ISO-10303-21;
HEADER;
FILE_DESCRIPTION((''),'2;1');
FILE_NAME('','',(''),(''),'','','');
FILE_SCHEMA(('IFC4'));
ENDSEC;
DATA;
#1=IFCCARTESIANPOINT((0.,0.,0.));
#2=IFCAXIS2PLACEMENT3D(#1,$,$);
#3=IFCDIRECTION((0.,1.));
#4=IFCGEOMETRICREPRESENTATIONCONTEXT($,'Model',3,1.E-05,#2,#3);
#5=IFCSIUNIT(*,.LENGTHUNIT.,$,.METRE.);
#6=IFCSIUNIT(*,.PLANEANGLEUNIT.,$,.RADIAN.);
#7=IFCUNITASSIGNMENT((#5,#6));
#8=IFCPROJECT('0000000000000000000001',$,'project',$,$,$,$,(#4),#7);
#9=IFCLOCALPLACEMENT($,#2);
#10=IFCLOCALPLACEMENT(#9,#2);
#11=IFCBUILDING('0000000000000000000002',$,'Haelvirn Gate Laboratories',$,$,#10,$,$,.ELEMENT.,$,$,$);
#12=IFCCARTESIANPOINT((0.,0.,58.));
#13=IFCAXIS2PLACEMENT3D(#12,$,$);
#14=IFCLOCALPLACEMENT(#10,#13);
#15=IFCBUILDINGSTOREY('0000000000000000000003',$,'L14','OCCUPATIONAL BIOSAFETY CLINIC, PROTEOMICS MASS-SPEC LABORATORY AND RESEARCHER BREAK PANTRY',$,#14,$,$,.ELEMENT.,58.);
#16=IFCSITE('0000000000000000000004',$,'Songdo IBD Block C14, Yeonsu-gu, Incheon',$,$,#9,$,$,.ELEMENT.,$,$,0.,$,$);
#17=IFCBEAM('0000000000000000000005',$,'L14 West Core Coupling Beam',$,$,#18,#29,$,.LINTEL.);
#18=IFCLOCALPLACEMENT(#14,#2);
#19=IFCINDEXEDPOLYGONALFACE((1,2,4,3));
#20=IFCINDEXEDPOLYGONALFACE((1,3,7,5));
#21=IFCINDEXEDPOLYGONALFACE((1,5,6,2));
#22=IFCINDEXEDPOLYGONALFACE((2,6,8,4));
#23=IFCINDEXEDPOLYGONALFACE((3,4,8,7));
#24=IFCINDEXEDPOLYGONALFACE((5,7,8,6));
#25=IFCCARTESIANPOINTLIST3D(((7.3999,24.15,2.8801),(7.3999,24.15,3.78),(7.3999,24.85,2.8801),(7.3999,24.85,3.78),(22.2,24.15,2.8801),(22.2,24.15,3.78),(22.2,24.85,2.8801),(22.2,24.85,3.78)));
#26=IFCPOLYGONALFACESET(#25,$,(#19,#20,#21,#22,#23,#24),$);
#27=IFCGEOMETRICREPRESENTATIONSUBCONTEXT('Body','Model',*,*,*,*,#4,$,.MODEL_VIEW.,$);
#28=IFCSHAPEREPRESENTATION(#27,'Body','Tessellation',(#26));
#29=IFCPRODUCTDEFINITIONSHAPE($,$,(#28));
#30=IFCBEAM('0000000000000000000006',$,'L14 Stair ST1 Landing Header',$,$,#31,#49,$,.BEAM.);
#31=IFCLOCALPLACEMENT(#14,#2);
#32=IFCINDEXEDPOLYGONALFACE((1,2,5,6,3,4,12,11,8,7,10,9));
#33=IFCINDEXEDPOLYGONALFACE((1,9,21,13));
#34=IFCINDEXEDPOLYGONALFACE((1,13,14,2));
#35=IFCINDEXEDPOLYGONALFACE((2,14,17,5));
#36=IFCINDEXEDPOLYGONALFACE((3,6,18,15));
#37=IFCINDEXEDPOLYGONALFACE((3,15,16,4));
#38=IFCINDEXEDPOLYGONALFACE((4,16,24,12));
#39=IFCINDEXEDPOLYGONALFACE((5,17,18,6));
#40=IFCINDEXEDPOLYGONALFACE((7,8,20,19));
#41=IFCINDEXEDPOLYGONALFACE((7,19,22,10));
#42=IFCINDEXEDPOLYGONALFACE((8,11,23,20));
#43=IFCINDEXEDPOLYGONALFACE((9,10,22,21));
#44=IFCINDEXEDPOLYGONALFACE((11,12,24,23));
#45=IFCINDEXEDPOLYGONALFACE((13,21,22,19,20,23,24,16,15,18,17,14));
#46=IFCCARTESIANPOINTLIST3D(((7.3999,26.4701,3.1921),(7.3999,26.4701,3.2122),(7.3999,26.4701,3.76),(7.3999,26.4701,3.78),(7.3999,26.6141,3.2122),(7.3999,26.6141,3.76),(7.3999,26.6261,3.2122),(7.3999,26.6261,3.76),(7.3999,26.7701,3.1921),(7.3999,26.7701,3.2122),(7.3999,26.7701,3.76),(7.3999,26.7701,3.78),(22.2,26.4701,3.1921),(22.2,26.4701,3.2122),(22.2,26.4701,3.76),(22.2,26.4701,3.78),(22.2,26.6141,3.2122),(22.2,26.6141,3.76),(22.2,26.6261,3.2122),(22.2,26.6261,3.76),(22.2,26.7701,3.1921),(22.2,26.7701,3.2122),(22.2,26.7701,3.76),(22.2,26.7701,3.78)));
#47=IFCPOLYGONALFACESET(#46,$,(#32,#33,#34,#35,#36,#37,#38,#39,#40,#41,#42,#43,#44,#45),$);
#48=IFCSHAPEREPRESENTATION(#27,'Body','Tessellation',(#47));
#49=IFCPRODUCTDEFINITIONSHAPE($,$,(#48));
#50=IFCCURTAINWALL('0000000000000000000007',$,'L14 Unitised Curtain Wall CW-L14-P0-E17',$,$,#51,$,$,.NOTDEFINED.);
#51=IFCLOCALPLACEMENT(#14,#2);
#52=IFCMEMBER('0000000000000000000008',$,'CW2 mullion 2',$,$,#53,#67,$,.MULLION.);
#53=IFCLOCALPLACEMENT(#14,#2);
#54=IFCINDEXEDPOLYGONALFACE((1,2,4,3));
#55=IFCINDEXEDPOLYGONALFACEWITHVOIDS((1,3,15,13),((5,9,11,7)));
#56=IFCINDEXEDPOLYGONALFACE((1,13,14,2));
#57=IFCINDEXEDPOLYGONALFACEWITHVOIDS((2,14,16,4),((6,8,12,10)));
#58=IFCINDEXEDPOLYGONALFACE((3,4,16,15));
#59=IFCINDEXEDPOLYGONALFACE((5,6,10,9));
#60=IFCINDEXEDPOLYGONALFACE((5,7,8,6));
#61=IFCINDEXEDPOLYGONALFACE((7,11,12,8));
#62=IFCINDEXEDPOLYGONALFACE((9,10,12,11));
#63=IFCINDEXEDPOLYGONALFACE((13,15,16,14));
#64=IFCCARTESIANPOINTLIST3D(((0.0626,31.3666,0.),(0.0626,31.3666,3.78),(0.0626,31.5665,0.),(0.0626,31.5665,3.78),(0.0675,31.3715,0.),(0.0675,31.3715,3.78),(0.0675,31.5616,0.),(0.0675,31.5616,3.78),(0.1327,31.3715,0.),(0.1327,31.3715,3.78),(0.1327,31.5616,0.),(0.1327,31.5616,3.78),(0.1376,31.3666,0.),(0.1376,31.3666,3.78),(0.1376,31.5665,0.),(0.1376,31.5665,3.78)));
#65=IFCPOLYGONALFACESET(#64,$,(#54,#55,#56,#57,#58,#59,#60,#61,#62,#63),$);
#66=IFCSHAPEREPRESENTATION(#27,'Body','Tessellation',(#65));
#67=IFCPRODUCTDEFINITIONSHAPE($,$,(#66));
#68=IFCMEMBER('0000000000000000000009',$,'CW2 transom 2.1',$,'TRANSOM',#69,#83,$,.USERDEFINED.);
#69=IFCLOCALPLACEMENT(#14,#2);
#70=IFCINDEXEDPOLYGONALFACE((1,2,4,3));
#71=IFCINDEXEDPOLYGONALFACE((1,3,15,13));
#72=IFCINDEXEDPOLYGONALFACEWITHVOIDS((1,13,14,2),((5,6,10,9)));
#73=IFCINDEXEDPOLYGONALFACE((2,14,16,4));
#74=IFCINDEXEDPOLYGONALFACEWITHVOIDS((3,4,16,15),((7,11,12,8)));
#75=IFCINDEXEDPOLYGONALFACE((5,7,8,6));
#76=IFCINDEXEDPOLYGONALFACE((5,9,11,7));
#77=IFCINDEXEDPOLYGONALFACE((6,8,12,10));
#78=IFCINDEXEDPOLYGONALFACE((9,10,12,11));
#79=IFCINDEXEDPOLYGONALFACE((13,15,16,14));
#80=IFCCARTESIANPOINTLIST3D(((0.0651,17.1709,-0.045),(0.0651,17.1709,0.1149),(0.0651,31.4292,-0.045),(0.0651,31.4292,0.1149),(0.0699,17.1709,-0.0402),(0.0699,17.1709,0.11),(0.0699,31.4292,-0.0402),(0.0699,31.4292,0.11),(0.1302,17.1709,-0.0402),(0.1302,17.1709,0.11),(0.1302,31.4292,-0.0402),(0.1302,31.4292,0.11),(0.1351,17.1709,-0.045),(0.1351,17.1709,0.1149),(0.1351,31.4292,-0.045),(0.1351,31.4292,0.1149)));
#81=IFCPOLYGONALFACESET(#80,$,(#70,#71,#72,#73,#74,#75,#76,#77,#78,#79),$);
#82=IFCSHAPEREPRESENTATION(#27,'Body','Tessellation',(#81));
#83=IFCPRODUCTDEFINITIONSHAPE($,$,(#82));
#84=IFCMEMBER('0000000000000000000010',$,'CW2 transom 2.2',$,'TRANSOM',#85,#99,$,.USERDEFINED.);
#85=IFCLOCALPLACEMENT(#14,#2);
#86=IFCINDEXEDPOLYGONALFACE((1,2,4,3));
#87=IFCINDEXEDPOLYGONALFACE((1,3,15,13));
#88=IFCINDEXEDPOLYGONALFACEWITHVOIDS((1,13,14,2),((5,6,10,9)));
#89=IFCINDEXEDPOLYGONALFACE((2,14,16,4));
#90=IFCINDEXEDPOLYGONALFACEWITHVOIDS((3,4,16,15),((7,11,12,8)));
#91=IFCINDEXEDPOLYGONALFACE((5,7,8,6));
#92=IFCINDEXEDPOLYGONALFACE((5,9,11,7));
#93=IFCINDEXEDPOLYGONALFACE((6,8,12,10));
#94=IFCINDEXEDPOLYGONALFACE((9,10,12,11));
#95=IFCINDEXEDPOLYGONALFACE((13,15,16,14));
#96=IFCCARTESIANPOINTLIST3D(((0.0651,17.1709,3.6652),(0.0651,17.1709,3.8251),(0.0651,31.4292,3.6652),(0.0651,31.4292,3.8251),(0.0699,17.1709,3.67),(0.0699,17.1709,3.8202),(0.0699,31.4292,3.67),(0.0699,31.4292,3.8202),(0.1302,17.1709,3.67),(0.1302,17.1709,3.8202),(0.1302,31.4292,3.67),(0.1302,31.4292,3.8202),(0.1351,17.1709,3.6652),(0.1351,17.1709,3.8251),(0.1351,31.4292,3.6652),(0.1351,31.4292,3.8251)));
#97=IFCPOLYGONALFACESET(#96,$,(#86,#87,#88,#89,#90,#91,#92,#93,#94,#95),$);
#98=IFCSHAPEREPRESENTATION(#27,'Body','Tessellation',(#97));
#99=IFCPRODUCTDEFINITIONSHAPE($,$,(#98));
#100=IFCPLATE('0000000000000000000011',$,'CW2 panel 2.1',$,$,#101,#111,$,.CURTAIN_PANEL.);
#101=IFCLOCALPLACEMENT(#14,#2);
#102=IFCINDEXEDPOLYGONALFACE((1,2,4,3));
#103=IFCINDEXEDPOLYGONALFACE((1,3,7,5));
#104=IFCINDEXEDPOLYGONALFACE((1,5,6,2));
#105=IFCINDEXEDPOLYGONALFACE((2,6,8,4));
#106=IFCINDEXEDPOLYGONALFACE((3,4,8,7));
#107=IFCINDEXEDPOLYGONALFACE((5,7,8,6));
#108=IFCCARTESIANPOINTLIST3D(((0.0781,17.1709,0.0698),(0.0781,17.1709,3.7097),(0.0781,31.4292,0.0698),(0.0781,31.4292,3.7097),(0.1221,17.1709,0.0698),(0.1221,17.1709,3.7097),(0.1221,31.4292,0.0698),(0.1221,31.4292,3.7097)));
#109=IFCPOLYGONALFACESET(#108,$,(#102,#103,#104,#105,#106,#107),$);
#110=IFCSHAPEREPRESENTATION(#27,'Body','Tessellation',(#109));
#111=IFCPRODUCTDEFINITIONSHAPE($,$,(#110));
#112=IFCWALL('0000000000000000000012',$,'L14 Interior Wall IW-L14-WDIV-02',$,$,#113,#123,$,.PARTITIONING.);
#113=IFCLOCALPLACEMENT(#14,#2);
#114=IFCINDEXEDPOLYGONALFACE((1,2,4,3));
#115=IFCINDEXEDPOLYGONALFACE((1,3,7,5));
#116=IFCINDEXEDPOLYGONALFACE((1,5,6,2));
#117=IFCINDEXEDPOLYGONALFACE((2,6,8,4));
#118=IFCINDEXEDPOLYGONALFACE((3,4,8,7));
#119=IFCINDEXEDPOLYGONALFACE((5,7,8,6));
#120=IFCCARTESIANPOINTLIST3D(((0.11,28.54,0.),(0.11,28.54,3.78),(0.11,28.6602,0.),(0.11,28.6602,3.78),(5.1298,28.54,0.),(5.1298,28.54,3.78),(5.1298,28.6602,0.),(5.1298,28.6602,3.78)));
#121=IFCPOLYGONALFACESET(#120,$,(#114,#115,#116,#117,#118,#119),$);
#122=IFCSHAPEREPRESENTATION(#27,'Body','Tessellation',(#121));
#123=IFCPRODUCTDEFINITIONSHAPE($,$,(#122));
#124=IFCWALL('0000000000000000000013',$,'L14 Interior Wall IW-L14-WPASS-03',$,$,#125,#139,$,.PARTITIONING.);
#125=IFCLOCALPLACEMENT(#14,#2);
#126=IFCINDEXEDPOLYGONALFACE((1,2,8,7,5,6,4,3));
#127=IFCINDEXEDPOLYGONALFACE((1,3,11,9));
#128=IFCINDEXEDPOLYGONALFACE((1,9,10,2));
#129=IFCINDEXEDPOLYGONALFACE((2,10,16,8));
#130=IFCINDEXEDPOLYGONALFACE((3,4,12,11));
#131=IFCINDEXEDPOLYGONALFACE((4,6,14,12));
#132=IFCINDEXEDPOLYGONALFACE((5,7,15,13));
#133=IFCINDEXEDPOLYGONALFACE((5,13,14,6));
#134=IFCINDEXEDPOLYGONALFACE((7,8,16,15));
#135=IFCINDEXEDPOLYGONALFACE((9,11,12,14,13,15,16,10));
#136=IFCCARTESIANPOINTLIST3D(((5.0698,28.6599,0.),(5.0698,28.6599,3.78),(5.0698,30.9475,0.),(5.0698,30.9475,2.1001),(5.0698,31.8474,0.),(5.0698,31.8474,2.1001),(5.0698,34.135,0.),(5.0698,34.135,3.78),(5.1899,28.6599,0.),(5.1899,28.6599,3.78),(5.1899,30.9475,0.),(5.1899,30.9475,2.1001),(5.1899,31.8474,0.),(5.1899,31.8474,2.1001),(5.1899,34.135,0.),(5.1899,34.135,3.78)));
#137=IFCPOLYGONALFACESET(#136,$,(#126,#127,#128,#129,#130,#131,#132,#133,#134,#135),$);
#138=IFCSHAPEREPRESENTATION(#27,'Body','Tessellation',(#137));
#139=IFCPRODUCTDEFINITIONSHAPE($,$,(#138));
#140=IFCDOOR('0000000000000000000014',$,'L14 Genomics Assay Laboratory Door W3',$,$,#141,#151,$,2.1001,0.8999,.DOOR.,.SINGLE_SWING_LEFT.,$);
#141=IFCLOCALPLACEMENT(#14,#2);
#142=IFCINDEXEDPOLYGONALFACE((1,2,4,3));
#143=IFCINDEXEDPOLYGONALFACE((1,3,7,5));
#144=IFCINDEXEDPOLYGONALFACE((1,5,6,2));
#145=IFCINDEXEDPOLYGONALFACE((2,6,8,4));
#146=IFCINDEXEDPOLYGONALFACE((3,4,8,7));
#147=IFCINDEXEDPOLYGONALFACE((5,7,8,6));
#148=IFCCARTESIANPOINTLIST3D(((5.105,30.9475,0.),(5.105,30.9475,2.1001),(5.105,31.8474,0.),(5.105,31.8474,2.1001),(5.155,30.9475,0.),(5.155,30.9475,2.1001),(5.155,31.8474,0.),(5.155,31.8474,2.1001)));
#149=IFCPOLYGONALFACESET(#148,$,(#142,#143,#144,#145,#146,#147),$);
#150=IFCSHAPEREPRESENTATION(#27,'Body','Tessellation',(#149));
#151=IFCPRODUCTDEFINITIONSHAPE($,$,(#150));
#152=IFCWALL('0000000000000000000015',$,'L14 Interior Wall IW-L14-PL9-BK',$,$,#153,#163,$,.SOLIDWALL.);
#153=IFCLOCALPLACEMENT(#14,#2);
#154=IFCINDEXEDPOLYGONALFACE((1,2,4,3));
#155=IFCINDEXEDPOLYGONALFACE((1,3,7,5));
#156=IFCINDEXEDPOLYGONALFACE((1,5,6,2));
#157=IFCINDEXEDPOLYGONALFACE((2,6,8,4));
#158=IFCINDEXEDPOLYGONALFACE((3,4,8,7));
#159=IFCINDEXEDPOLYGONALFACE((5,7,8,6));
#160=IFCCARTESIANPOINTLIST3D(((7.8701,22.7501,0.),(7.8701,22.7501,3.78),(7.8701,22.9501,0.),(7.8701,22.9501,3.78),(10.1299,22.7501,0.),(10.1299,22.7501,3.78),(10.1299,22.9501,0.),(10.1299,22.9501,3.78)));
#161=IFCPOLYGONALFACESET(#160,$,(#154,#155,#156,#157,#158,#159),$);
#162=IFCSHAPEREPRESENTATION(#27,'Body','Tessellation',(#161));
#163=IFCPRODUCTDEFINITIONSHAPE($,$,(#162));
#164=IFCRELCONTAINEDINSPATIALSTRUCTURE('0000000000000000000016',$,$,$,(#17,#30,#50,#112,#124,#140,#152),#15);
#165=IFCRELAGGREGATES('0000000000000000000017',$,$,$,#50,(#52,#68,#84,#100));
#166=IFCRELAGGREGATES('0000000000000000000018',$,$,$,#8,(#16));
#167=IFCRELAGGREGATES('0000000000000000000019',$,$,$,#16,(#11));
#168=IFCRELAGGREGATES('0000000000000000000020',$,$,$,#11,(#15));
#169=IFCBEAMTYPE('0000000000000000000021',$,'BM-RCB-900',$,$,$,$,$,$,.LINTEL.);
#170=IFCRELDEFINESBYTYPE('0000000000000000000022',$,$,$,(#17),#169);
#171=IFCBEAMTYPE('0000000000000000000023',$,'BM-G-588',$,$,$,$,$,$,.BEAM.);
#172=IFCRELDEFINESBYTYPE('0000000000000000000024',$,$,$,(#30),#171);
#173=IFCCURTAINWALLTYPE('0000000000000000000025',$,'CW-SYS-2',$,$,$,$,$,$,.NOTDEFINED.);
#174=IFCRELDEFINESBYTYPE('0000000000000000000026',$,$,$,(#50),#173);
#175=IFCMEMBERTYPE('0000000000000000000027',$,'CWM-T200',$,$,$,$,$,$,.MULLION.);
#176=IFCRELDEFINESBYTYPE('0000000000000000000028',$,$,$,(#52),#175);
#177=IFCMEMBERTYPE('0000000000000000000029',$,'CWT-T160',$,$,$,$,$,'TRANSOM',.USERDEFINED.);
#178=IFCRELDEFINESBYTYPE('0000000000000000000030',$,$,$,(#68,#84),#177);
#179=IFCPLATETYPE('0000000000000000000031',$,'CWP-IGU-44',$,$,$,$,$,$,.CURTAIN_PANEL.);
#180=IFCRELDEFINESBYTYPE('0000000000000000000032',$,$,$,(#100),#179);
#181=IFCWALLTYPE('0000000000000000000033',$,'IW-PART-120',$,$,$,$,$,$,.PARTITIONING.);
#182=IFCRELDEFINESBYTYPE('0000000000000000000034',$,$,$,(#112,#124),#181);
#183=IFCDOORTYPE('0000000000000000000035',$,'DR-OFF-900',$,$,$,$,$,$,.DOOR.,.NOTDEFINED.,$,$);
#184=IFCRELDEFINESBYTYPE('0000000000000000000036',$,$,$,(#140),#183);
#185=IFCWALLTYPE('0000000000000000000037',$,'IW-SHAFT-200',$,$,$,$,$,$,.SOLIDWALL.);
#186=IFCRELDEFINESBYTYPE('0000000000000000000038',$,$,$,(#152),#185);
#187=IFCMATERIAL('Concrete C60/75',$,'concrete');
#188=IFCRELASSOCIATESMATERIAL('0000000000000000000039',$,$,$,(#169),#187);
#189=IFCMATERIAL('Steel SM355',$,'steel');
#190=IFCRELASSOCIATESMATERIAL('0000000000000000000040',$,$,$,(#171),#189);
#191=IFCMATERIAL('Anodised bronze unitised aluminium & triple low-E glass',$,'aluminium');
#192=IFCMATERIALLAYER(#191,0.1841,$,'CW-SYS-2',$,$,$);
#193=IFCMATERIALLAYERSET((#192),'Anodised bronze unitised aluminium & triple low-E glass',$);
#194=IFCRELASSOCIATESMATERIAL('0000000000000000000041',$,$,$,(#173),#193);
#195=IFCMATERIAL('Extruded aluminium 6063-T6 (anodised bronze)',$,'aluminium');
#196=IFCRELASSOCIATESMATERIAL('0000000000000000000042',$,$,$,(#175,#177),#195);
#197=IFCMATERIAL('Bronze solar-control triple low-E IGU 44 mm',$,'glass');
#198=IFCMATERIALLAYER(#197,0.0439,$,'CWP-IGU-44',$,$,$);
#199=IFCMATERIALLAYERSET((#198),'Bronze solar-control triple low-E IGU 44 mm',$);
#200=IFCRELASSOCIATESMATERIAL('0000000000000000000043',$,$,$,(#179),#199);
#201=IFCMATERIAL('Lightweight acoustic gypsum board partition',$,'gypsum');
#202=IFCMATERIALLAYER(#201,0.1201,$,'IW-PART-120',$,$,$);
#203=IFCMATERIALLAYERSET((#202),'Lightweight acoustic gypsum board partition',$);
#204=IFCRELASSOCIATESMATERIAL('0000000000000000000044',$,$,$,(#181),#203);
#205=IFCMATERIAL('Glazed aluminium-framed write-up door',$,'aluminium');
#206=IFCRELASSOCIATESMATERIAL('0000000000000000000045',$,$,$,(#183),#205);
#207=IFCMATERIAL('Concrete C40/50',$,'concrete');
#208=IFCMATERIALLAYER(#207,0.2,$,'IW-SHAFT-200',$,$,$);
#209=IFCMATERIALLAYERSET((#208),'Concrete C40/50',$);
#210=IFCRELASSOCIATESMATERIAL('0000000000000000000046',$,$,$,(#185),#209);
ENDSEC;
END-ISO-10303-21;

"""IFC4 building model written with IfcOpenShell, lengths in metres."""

from ifc_helpers import new_model, si_unit, direction, frame, frame_2d, origin, origin_2d, place, context, subcontext, project, spatial, rectangle, hollow_rectangle, i_section, extrude, source, transform, mapped, material, layer, layer_set, material_profile, profile_set, type_object, type_shapes, element, fill, aggregate, save


model = new_model("IFC4")

# Units and contexts
model_context = context("Model", 3, precision=1e-05, world=origin(), true_north=direction((0.0, 1.0)))
body_context = subcontext(model_context, "Body", "Model", "MODEL_VIEW")
ifc_project = project(units=[si_unit("LENGTHUNIT", "METRE"), si_unit("PLANEANGLEUNIT", "RADIAN")], contexts=[model_context])

# Site, building, storey
site_placement = place(None, origin())
site = spatial("IfcSite", under=ifc_project, at=site_placement, Name="Songdo IBD Block C14, Yeonsu-gu, Incheon", CompositionType="ELEMENT", RefElevation=0.0)
building_placement = place(site_placement, origin())
building = spatial("IfcBuilding", under=site, at=building_placement, Name="Haelvirn Gate Laboratories", CompositionType="ELEMENT")
storey_placement = place(building_placement, frame((0.0, 0.0, 58.0)))
storey = spatial("IfcBuildingStorey", under=building, at=storey_placement, Name="L14", Description="OCCUPATIONAL BIOSAFETY CLINIC, PROTEOMICS MASS-SPEC LABORATORY AND RESEARCHER BREAK PANTRY", CompositionType="ELEMENT", Elevation=58.0)

# Beams
ifc_material_1 = material(Name="Concrete C60/75", Category="concrete")
ifc_material_profile_1 = material_profile(ifc_material_1, rectangle(XDim=0.7, YDim=0.8999, at=origin_2d()), Name="RCB-700x900")
ifc_profile_set_1 = profile_set([ifc_material_profile_1], Name="Concrete C60/75")
beam_type_1 = type_object("IfcBeamType", Name="BM-RCB-900", PredefinedType="LINTEL", material=ifc_profile_set_1)
shared_shape_1 = source(origin(), body_context, "Body", "SweptSolid", [
    extrude(rectangle(XDim=0.7, YDim=0.8999, at=origin_2d()), origin(), (0.0, 0.0, 1.0), 14.8),
])
type_shapes(beam_type_1, [shared_shape_1])
beam_1_placement = place(storey_placement, frame((7.3999, 24.5, 3.3301), z_axis=(1.0, 0.0, 0.0), x_axis=(0.0, 1.0, 0.0)))
element("IfcBeam", 1, at=beam_1_placement, inside=storey, type_object=beam_type_1, Name="L14 West Core Coupling Beam", PredefinedType="LINTEL", context=body_context, shape_type="MappedRepresentation", body=[
    mapped(shared_shape_1, transform((0.0, 0.0, 0.0), scale=1.0)),
])
ifc_material_2 = material(Name="Steel SM355", Category="steel")
ifc_material_profile_2 = material_profile(ifc_material_2, i_section(OverallWidth=0.3, OverallDepth=0.5879, WebThickness=0.012, FlangeThickness=0.02, at=origin_2d()), Name="H-588x300x12x20")
ifc_profile_set_2 = profile_set([ifc_material_profile_2], Name="Steel SM355")
beam_type_2 = type_object("IfcBeamType", Name="BM-G-588", PredefinedType="BEAM", material=ifc_profile_set_2)
shared_shape_2 = source(origin(), body_context, "Body", "SweptSolid", [
    extrude(i_section(OverallWidth=0.3, OverallDepth=0.5879, WebThickness=0.012, FlangeThickness=0.02, at=origin_2d()), origin(), (0.0, 0.0, 1.0), 14.8),
])
type_shapes(beam_type_2, [shared_shape_2])
beam_2_placement = place(storey_placement, frame((7.3999, 26.6201, 3.4861), z_axis=(1.0, 0.0, 0.0), x_axis=(0.0, 1.0, 0.0)))
element("IfcBeam", 2, at=beam_2_placement, inside=storey, type_object=beam_type_2, Name="L14 Stair ST1 Landing Header", PredefinedType="BEAM", context=body_context, shape_type="MappedRepresentation", body=[
    mapped(shared_shape_2, transform((0.0, 0.0, 0.0), scale=1.0)),
])

# Curtain wall, members, plate
ifc_material_3 = material(Name="Anodised bronze unitised aluminium & triple low-E glass", Category="aluminium")
ifc_layer_1 = layer(ifc_material_3, 0.1841, Name="CW-SYS-2")
ifc_layer_set_1 = layer_set([ifc_layer_1], Name="Anodised bronze unitised aluminium & triple low-E glass")
curtain_wall_type = type_object("IfcCurtainWallType", Name="CW-SYS-2", PredefinedType="NOTDEFINED", material=ifc_layer_set_1)
curtain_wall_placement = place(storey_placement, origin())
curtain_wall = element("IfcCurtainWall", 3, at=curtain_wall_placement, inside=storey, type_object=curtain_wall_type, Name="L14 Unitised Curtain Wall CW-L14-P0-E17", PredefinedType="NOTDEFINED")
ifc_material_4 = material(Name="Extruded aluminium 6063-T6 (anodised bronze)", Category="aluminium")
ifc_material_profile_3 = material_profile(ifc_material_4, hollow_rectangle(XDim=0.075, YDim=0.2, WallThickness=0.0049, at=origin_2d()), Name="CWM-200x75x5")
ifc_profile_set_3 = profile_set([ifc_material_profile_3], Name="Extruded aluminium 6063-T6 (anodised bronze)")
member_type_1 = type_object("IfcMemberType", Name="CWM-T200", PredefinedType="MULLION", material=ifc_profile_set_3)
shared_shape_3 = source(origin(), body_context, "Body", "SweptSolid", [
    extrude(hollow_rectangle(XDim=0.075, YDim=0.2, WallThickness=0.0049, at=origin_2d()), origin(), (0.0, 0.0, 1.0), 3.78),
])
type_shapes(member_type_1, [shared_shape_3])
member_1_placement = place(storey_placement, frame((0.1001, 31.4666, 0.0), z_axis=(0.0, 0.0, 1.0), x_axis=(1.0, 0.0, 0.0)))
member_1 = element("IfcMember", 4, at=member_1_placement, type_object=member_type_1, Name="CW2 mullion 2", PredefinedType="MULLION", context=body_context, shape_type="MappedRepresentation", body=[
    mapped(shared_shape_3, transform((0.0, 0.0, 0.0), scale=1.0)),
])
ifc_material_profile_4 = material_profile(ifc_material_4, hollow_rectangle(XDim=0.0701, YDim=0.1599, WallThickness=0.0049, at=origin_2d()), Name="CWT-160x70x5")
ifc_profile_set_4 = profile_set([ifc_material_profile_4], Name="Extruded aluminium 6063-T6 (anodised bronze)")
member_type_2 = type_object("IfcMemberType", Name="CWT-T160", ElementType="TRANSOM", PredefinedType="USERDEFINED", material=ifc_profile_set_4)
shared_shape_4 = source(origin(), body_context, "Body", "SweptSolid", [
    extrude(hollow_rectangle(XDim=0.0701, YDim=0.1599, WallThickness=0.0049, at=origin_2d()), origin(), (0.0, 0.0, 1.0), 14.2583),
])
type_shapes(member_type_2, [shared_shape_4])
member_2_placement = place(storey_placement, frame((0.1001, 31.4292, 0.0349), z_axis=(0.0, -1.0, 0.0), x_axis=(1.0, 0.0, 0.0)))
member_2 = element("IfcMember", 5, at=member_2_placement, type_object=member_type_2, Name="CW2 transom 2.1", ObjectType="TRANSOM", PredefinedType="USERDEFINED", context=body_context, shape_type="MappedRepresentation", body=[
    mapped(shared_shape_4, transform((0.0, 0.0, 0.0), scale=1.0)),
])
member_3_placement = place(storey_placement, frame((0.1001, 31.4292, 3.7451), z_axis=(0.0, -1.0, 0.0), x_axis=(1.0, 0.0, 0.0)))
member_3 = element("IfcMember", 6, at=member_3_placement, type_object=member_type_2, Name="CW2 transom 2.2", ObjectType="TRANSOM", PredefinedType="USERDEFINED", context=body_context, shape_type="MappedRepresentation", body=[
    mapped(shared_shape_4, transform((0.0, 0.0, 0.0), scale=1.0)),
])
ifc_material_5 = material(Name="Bronze solar-control triple low-E IGU 44 mm", Category="glass")
ifc_layer_2 = layer(ifc_material_5, 0.0439, Name="CWP-IGU-44")
ifc_layer_set_2 = layer_set([ifc_layer_2], Name="Bronze solar-control triple low-E IGU 44 mm")
plate_type = type_object("IfcPlateType", Name="CWP-IGU-44", PredefinedType="CURTAIN_PANEL", material=ifc_layer_set_2)
shared_shape_5 = source(origin(), body_context, "Body", "SweptSolid", [
    extrude(rectangle(XDim=14.2583, YDim=0.0439, at=origin_2d()), origin(), (0.0, 0.0, 1.0), 3.6399),
])
type_shapes(plate_type, [shared_shape_5])
plate_placement = place(storey_placement, frame((0.1001, 24.3, 0.0698), z_axis=(0.0, 0.0, 1.0), x_axis=(0.0, -1.0, 0.0)))
plate = element("IfcPlate", 7, at=plate_placement, type_object=plate_type, Name="CW2 panel 2.1", PredefinedType="CURTAIN_PANEL", context=body_context, shape_type="MappedRepresentation", body=[
    mapped(shared_shape_5, transform((0.0, 0.0, 0.0), scale=1.0)),
])
aggregate(curtain_wall, [member_1, member_2, member_3, plate])

# Wall
ifc_material_6 = material(Name="Lightweight acoustic gypsum board partition", Category="gypsum")
ifc_layer_3 = layer(ifc_material_6, 0.1201, Name="IW-PART-120")
ifc_layer_set_3 = layer_set([ifc_layer_3], Name="Lightweight acoustic gypsum board partition")
wall_type_1 = type_object("IfcWallType", Name="IW-PART-120", PredefinedType="PARTITIONING", material=ifc_layer_set_3)
wall_1_placement = place(storey_placement, frame((0.1101, 28.6001, 0.0), z_axis=(0.0, 0.0, 1.0), x_axis=(1.0, 0.0, 0.0)))
element("IfcWall", 8, at=wall_1_placement, inside=storey, type_object=wall_type_1, Name="L14 Interior Wall IW-L14-WDIV-02", PredefinedType="PARTITIONING", context=body_context, shape_type="SweptSolid", body=[
    extrude(rectangle(XDim=5.0198, YDim=0.1201, at=frame_2d((2.5098, 0.0))), origin(), (0.0, 0.0, 1.0), 3.78),
])

# Wall, opening, door
wall_2_placement = place(storey_placement, frame((5.1299, 28.6599, 0.0), z_axis=(0.0, 0.0, 1.0), x_axis=(0.0, 1.0, 0.0)))
wall_2 = element("IfcWall", 9, at=wall_2_placement, inside=storey, type_object=wall_type_1, Name="L14 Interior Wall IW-L14-WPASS-03", PredefinedType="PARTITIONING", context=body_context, shape_type="SweptSolid", body=[
    extrude(rectangle(XDim=5.4751, YDim=0.1201, at=frame_2d((2.7375, 0.0))), origin(), (0.0, 0.0, 1.0), 3.78),
])
opening_1_placement = place(wall_2_placement, frame((2.2876, 0.0, 0.0)))
opening_1 = element("IfcOpeningElement", 10, at=opening_1_placement, cuts=wall_2, PredefinedType="OPENING", context=body_context, shape_type="SweptSolid", body=[
    extrude(rectangle(XDim=0.8999, YDim=2.1001, at=frame_2d((0.45, 1.05))), frame((0.0, 0.0701, 0.0), z_axis=(0.0, -1.0, 0.0), x_axis=(1.0, 0.0, 0.0)), (0.0, 0.0, 1.0), 0.1401),
])
ifc_material_7 = material(Name="Glazed aluminium-framed write-up door", Category="aluminium")
door_type_1 = type_object("IfcDoorType", Name="DR-OFF-900", OperationType="NOTDEFINED", PredefinedType="DOOR", material=ifc_material_7)
shared_shape_6 = source(origin(), body_context, "Body", "SweptSolid", [
    extrude(rectangle(XDim=0.8999, YDim=2.1001, at=frame_2d((0.45, 1.05))), frame((0.0, 0.0249, 0.0), z_axis=(0.0, -1.0, 0.0), x_axis=(1.0, 0.0, 0.0)), (0.0, 0.0, 1.0), 0.05),
])
type_shapes(door_type_1, [shared_shape_6])
door_1_placement = place(opening_1_placement, origin())
door_1 = element("IfcDoor", 11, at=door_1_placement, inside=storey, type_object=door_type_1, Name="L14 Genomics Assay Laboratory Door W3", OperationType="SINGLE_SWING_LEFT", OverallHeight=2.1001, OverallWidth=0.8999, PredefinedType="DOOR", context=body_context, shape_type="MappedRepresentation", body=[
    mapped(shared_shape_6, transform((0.0, 0.0, 0.0), scale=1.0)),
])
fill(opening_1, door_1)

# Wall
ifc_material_8 = material(Name="Concrete C40/50", Category="concrete")
ifc_layer_4 = layer(ifc_material_8, 0.2, Name="IW-SHAFT-200")
ifc_layer_set_4 = layer_set([ifc_layer_4], Name="Concrete C40/50")
wall_type_2 = type_object("IfcWallType", Name="IW-SHAFT-200", PredefinedType="SOLIDWALL", material=ifc_layer_set_4)
wall_3_placement = place(storey_placement, frame((7.8701, 22.8501, 0.0), z_axis=(0.0, 0.0, 1.0), x_axis=(1.0, 0.0, 0.0)))
element("IfcWall", 12, at=wall_3_placement, inside=storey, type_object=wall_type_2, Name="L14 Interior Wall IW-L14-PL9-BK", PredefinedType="SOLIDWALL", context=body_context, shape_type="SweptSolid", body=[
    extrude(rectangle(XDim=2.2598, YDim=0.2, at=frame_2d((1.1299, 0.0))), origin(), (0.0, 0.0, 1.0), 3.78),
])

save(model, "model.ifc")
